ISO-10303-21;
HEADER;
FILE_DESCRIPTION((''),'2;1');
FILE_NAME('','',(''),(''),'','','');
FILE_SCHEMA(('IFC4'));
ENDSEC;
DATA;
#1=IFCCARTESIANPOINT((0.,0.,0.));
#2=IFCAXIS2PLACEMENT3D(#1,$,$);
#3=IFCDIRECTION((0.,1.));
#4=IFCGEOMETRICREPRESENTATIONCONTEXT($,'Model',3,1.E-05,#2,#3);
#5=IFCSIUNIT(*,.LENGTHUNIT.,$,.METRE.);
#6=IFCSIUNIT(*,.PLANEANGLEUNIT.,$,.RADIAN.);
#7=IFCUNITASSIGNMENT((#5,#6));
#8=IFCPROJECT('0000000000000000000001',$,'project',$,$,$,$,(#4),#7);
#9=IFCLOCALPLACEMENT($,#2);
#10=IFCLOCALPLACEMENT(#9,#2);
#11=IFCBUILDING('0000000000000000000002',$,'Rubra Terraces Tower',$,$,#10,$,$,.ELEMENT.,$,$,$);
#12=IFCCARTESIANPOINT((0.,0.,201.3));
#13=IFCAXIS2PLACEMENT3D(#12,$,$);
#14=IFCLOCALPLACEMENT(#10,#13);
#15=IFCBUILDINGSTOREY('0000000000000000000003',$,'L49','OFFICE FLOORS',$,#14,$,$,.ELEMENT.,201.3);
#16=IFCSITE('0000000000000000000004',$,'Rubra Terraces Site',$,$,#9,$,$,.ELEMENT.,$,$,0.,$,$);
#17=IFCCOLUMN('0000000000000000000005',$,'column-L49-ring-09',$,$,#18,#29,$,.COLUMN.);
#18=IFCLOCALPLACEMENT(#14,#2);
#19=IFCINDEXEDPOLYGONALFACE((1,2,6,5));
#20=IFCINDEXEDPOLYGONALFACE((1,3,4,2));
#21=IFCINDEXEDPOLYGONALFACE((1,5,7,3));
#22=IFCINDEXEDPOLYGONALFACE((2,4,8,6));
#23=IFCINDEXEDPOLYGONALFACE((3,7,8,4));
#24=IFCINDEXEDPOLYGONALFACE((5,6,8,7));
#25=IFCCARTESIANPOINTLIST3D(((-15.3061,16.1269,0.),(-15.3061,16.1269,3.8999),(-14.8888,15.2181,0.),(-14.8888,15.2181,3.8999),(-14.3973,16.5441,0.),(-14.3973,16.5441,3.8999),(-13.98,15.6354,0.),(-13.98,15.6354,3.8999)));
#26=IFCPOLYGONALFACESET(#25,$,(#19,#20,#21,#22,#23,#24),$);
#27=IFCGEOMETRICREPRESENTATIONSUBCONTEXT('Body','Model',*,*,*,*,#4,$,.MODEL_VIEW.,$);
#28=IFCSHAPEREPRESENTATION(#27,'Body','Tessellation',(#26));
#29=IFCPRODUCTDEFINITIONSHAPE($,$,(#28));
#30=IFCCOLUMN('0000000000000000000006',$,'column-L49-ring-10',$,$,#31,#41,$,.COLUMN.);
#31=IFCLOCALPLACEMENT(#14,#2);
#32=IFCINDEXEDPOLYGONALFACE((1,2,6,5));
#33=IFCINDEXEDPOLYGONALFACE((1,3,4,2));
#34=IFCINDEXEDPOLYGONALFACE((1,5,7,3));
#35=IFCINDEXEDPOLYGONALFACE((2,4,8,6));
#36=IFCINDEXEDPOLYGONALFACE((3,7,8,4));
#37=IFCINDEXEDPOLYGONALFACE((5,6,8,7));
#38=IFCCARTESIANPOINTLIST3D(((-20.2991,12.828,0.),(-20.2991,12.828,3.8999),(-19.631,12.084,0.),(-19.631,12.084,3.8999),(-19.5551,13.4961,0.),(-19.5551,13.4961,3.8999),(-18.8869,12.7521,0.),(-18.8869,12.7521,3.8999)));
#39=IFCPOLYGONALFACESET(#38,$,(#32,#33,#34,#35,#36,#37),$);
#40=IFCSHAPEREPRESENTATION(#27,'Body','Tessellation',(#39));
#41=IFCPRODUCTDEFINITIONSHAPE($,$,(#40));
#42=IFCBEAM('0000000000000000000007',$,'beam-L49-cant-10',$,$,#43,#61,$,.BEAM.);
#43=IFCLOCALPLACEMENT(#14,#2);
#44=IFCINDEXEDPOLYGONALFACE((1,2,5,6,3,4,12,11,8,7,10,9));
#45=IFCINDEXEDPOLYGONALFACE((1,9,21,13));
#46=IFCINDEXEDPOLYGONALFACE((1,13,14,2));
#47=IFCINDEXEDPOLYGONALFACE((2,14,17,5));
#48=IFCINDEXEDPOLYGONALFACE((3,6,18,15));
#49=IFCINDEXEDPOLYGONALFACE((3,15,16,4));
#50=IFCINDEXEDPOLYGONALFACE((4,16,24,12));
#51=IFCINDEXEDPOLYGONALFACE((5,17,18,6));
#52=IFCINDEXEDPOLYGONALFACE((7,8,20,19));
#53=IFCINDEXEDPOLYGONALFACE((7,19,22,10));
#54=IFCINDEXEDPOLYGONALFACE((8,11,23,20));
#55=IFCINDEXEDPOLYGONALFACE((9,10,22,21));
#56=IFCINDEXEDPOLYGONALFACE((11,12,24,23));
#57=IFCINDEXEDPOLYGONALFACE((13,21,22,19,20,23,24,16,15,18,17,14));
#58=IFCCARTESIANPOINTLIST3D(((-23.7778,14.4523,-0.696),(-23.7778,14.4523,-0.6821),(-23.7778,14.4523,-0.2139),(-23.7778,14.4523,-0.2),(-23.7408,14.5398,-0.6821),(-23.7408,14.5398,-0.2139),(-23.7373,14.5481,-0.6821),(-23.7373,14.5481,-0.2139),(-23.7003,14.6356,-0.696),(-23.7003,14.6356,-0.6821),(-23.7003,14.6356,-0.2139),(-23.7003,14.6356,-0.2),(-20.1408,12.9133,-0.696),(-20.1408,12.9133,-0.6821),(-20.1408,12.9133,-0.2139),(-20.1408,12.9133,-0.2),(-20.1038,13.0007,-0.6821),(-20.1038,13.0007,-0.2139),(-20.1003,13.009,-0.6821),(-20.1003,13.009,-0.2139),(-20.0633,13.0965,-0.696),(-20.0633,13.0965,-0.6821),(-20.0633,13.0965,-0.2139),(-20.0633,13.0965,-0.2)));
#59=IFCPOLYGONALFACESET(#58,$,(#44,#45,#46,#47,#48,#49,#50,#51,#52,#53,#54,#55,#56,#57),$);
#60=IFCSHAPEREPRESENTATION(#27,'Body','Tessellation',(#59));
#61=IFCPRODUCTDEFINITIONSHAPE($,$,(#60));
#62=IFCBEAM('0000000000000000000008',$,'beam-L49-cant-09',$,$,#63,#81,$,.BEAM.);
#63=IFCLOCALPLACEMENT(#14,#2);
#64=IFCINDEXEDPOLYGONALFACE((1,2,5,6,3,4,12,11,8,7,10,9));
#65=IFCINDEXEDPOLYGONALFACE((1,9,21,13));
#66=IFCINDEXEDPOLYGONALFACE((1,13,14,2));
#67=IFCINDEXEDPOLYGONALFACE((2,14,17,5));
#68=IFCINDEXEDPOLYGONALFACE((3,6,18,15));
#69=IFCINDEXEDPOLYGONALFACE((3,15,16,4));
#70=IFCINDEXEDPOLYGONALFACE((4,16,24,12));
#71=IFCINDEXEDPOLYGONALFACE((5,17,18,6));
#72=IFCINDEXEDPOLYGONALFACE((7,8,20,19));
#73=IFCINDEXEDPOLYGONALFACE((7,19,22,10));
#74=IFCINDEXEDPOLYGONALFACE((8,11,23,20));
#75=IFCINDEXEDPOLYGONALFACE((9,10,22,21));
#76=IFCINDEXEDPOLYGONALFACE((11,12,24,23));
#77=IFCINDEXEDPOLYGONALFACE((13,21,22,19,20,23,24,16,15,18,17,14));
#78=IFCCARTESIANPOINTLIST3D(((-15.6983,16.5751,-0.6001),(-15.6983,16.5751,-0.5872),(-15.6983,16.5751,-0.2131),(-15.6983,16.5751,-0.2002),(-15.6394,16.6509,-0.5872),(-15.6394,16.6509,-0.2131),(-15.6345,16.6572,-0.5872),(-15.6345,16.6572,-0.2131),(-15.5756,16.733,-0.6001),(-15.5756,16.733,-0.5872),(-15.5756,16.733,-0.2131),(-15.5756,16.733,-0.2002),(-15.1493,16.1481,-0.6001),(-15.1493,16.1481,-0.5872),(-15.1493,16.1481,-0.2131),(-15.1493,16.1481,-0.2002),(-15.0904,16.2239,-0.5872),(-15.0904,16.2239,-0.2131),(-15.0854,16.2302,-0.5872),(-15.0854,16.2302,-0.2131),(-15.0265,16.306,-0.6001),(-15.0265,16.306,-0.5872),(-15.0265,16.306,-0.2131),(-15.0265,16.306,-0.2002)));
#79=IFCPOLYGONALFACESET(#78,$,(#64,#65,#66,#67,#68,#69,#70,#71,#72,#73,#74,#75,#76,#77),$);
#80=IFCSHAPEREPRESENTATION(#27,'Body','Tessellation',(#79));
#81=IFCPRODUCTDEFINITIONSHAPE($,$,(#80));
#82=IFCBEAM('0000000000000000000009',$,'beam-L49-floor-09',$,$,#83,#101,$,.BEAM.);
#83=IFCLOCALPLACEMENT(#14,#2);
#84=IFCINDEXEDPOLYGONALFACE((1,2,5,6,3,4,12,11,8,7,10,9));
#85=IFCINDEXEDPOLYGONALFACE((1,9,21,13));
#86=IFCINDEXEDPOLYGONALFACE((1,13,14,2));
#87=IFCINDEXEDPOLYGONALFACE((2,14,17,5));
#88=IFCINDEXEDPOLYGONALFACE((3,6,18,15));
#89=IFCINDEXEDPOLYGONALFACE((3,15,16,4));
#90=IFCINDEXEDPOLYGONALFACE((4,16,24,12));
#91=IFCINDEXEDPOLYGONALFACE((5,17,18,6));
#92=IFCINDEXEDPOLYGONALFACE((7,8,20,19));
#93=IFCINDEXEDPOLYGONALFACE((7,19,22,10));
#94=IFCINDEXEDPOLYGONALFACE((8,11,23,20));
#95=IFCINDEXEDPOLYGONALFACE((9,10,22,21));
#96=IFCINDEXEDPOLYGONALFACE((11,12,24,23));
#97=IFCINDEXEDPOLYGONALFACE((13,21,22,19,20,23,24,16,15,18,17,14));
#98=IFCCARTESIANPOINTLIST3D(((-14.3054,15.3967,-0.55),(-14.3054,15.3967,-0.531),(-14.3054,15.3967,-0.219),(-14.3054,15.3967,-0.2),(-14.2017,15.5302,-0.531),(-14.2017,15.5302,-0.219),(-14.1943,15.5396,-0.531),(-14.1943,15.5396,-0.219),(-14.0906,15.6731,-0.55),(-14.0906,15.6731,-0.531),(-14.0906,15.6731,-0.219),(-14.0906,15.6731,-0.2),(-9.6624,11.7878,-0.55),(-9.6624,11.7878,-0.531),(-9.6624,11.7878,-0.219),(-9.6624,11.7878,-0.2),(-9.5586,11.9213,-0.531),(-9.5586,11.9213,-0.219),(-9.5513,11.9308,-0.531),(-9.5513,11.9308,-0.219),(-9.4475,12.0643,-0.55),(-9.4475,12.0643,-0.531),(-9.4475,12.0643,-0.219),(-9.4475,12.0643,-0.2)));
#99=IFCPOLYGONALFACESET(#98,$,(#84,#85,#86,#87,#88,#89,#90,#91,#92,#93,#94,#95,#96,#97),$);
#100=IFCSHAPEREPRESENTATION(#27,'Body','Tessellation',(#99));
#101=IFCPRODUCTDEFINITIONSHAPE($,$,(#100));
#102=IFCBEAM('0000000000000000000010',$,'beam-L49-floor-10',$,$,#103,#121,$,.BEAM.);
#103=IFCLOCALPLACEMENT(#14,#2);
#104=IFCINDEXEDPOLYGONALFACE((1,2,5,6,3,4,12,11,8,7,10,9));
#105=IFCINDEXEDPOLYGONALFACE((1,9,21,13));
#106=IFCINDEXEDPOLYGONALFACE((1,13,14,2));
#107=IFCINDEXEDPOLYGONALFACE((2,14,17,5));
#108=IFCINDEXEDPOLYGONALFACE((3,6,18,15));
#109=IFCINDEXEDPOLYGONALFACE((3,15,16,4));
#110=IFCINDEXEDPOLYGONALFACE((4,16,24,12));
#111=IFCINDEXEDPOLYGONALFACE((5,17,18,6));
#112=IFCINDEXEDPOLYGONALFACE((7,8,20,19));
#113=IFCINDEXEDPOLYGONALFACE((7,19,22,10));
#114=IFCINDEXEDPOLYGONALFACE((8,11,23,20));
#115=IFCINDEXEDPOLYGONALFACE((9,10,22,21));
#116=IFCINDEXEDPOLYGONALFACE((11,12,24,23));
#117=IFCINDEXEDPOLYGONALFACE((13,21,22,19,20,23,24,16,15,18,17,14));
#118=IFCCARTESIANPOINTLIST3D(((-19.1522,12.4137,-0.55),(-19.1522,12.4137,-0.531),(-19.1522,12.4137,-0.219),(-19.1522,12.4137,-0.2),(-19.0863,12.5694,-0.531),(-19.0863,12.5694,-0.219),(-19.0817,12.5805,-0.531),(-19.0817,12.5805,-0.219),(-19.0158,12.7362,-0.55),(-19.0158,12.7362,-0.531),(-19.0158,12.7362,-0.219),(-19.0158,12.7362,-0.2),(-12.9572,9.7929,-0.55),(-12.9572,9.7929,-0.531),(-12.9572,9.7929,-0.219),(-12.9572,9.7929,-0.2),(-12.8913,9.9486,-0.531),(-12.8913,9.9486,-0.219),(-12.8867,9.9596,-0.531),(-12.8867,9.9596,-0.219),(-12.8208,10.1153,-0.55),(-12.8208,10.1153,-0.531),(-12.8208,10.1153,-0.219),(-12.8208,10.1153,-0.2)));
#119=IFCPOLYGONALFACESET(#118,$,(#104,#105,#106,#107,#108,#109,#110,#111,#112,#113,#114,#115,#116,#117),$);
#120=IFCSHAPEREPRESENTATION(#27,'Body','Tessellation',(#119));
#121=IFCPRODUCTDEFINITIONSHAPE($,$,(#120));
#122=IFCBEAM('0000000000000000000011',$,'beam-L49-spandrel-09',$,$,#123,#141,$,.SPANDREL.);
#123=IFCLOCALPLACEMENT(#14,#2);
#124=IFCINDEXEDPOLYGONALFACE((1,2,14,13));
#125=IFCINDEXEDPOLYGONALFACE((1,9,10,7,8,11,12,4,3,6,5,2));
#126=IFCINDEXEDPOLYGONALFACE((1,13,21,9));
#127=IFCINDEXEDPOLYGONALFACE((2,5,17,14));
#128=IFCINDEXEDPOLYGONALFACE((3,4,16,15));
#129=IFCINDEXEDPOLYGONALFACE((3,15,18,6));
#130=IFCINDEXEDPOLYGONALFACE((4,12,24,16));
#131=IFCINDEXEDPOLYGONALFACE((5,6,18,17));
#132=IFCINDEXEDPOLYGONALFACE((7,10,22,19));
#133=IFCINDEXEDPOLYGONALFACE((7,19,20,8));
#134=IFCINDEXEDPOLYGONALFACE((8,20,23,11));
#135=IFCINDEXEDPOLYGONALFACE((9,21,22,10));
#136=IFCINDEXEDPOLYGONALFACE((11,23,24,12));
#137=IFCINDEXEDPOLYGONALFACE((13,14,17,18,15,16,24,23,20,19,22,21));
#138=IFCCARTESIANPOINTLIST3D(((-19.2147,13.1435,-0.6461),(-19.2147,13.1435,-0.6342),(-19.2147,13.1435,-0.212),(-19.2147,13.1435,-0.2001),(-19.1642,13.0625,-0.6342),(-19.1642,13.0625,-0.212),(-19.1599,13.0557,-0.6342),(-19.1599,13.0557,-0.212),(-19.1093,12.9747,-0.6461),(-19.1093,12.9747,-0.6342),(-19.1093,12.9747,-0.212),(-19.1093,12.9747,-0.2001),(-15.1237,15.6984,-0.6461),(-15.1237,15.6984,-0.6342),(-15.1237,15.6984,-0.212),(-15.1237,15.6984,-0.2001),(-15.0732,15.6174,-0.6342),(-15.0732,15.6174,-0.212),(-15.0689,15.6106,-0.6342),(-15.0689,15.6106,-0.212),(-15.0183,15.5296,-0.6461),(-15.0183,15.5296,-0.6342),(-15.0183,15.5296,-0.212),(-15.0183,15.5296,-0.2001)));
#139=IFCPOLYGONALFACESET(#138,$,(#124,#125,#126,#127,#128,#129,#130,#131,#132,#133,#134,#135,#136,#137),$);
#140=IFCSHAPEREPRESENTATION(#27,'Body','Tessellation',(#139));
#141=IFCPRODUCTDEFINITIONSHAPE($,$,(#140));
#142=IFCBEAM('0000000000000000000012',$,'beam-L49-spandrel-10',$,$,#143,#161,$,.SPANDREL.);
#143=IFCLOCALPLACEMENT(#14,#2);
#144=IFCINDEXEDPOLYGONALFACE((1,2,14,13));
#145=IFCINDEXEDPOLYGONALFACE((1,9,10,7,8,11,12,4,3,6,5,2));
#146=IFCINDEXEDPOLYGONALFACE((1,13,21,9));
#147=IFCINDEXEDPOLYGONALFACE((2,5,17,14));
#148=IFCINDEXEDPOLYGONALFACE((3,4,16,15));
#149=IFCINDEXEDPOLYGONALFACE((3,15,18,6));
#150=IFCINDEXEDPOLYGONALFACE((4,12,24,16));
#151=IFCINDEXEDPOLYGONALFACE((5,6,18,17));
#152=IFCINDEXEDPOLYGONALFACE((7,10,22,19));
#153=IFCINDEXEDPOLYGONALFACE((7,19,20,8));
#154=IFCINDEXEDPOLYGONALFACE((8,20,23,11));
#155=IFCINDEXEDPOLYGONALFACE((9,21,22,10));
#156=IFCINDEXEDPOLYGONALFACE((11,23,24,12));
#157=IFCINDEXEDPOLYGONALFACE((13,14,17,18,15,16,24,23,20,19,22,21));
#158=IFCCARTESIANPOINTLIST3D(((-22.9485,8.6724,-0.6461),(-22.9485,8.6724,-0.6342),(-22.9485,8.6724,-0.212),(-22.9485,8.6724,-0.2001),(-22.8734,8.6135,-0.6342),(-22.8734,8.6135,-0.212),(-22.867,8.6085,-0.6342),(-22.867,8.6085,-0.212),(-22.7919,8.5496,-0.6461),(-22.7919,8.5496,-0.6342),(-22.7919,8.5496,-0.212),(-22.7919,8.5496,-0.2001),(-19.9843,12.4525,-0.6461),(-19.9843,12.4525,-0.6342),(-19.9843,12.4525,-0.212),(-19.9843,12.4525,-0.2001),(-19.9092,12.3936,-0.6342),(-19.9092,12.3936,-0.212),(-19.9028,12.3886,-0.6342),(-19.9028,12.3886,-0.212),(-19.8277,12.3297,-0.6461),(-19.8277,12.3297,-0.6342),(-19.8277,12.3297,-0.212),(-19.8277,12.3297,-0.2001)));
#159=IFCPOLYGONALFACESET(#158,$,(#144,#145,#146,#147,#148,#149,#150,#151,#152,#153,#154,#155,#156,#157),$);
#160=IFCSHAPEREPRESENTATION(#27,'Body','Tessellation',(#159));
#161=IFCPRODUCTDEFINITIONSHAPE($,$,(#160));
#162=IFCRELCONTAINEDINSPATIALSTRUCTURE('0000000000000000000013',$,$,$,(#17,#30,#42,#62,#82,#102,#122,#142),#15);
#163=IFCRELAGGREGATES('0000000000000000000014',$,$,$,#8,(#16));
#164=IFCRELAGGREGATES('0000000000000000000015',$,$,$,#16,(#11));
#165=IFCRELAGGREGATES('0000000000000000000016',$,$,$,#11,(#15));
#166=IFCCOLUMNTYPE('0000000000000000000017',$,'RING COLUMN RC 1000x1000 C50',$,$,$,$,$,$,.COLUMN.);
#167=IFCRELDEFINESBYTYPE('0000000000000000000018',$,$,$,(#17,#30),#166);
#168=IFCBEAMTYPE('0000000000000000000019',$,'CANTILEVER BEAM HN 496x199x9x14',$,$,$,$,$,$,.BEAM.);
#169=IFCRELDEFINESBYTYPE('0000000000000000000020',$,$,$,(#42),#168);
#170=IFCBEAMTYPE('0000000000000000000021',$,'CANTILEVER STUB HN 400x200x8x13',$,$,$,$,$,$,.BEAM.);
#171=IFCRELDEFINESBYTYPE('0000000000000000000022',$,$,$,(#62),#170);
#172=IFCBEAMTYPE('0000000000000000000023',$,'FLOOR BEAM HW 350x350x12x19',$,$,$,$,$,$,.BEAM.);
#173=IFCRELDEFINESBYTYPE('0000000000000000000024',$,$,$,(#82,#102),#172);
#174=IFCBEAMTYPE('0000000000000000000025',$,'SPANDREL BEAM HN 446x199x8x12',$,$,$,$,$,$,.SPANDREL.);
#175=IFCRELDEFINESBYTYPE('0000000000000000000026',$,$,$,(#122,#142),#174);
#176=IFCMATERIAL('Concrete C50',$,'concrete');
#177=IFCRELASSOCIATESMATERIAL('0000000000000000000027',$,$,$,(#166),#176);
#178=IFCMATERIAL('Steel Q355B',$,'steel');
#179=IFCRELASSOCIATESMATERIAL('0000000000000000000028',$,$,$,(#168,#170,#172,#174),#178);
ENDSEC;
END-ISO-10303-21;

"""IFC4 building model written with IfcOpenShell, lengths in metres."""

from ifc_helpers import new_model, si_unit, direction, frame, origin, origin_2d, place, context, subcontext, project, spatial, rectangle, i_section, extrude, material, material_profile, profile_set, type_object, element, save


model = new_model("IFC4")

# Units and contexts
model_context = context("Model", 3, precision=1e-05, world=origin(), true_north=direction((0.0, 1.0)))
body_context = subcontext(model_context, "Body", "Model", "MODEL_VIEW")
ifc_project = project(units=[si_unit("LENGTHUNIT", "METRE"), si_unit("PLANEANGLEUNIT", "RADIAN")], contexts=[model_context])

# Site, building, storey
site_placement = place(None, origin())
site = spatial("IfcSite", under=ifc_project, at=site_placement, Name="Rubra Terraces Site", CompositionType="ELEMENT", RefElevation=0.0)
building_placement = place(site_placement, origin())
building = spatial("IfcBuilding", under=site, at=building_placement, Name="Rubra Terraces Tower", CompositionType="ELEMENT")
storey_placement = place(building_placement, frame((0.0, 0.0, 201.3)))
storey = spatial("IfcBuildingStorey", under=building, at=storey_placement, Name="L49", Description="OFFICE FLOORS", CompositionType="ELEMENT", Elevation=201.3)

# Columns
ifc_material_1 = material(Name="Concrete C50", Category="concrete")
ifc_material_profile_1 = material_profile(ifc_material_1, rectangle(XDim=1.0, YDim=1.0, at=origin_2d()), Name="RC 1000x1000")
ifc_profile_set_1 = profile_set([ifc_material_profile_1], Name="Concrete C50")
column_type = type_object("IfcColumnType", Name="RING COLUMN RC 1000x1000 C50", PredefinedType="COLUMN", material=ifc_profile_set_1)
for number, where, z_axis, x_axis, name in (
    (1, (-14.6431, 15.8811, 0.0), (0.0, 0.0, 1.0), (-0.908779, -0.417279, 0.0), "column-L49-ring-09"),
    (2, (-19.593, 12.79, 0.0), (0.0, 0.0, 1.0), (-0.744021, -0.668156, 0.0), "column-L49-ring-10"),
):
    element("IfcColumn", number, at=place(storey_placement, frame(where, z_axis=z_axis, x_axis=x_axis)), inside=storey, type_object=column_type, Name=name, PredefinedType="COLUMN", context=body_context, shape_type="SweptSolid", body=[
        extrude(rectangle(XDim=1.0, YDim=1.0, at=origin_2d()), origin(), (0.0, 0.0, 1.0), 3.8999),
    ])

# Beams
ifc_material_2 = material(Name="Steel Q355B", Category="steel")
ifc_material_profile_2 = material_profile(ifc_material_2, i_section(OverallWidth=0.199, OverallDepth=0.4961, WebThickness=0.009, FlangeThickness=0.0139, at=origin_2d()), Name="HN 496x199x9x14")
ifc_profile_set_2 = profile_set([ifc_material_profile_2], Name="Steel Q355B")
beam_type_1 = type_object("IfcBeamType", Name="CANTILEVER BEAM HN 496x199x9x14", PredefinedType="BEAM", material=ifc_profile_set_2)
beam_1_placement = place(storey_placement, frame((-20.1021, 13.0049, -0.448), z_axis=(-0.920936, 0.389715, 0.0), x_axis=(-0.389715, -0.920936, 0.0)))
element("IfcBeam", 3, at=beam_1_placement, inside=storey, type_object=beam_type_1, Name="beam-L49-cant-10", PredefinedType="BEAM", context=body_context, shape_type="SweptSolid", body=[
    extrude(i_section(OverallWidth=0.199, OverallDepth=0.4961, WebThickness=0.009, FlangeThickness=0.0139, at=origin_2d()), origin(), (0.0, 0.0, 1.0), 3.9492),
])
ifc_material_profile_3 = material_profile(ifc_material_2, i_section(OverallWidth=0.2, OverallDepth=0.3999, WebThickness=0.0081, FlangeThickness=0.0129, at=origin_2d()), Name="HN 400x200x8x13")
ifc_profile_set_3 = profile_set([ifc_material_profile_3], Name="Steel Q355B")
beam_type_2 = type_object("IfcBeamType", Name="CANTILEVER STUB HN 400x200x8x13", PredefinedType="BEAM", material=ifc_profile_set_3)
beam_2_placement = place(storey_placement, frame((-15.0879, 16.2271, -0.4001), z_axis=(-0.78939, 0.613892, 0.0), x_axis=(-0.613892, -0.78939, 0.0)))
element("IfcBeam", 4, at=beam_2_placement, inside=storey, type_object=beam_type_2, Name="beam-L49-cant-09", PredefinedType="BEAM", context=body_context, shape_type="SweptSolid", body=[
    extrude(i_section(OverallWidth=0.2, OverallDepth=0.3999, WebThickness=0.0081, FlangeThickness=0.0129, at=origin_2d()), origin(), (0.0, 0.0, 1.0), 0.6956),
])
ifc_material_profile_4 = material_profile(ifc_material_2, i_section(OverallWidth=0.3501, OverallDepth=0.3501, WebThickness=0.012, FlangeThickness=0.019, at=origin_2d()), Name="HW 350x350x12x19")
ifc_profile_set_4 = profile_set([ifc_material_profile_4], Name="Steel Q355B")
beam_type_3 = type_object("IfcBeamType", Name="FLOOR BEAM HW 350x350x12x19", PredefinedType="BEAM", material=ifc_profile_set_4)
beam_3_placement = place(storey_placement, frame((-14.198, 15.5349, -0.375), z_axis=(0.789549, -0.613688, 0.0), x_axis=(0.613688, 0.789549, 0.0)))
element("IfcBeam", 5, at=beam_3_placement, inside=storey, type_object=beam_type_3, Name="beam-L49-floor-09", PredefinedType="BEAM", context=body_context, shape_type="SweptSolid", body=[
    extrude(i_section(OverallWidth=0.3501, OverallDepth=0.3501, WebThickness=0.012, FlangeThickness=0.019, at=origin_2d()), origin(), (0.0, 0.0, 1.0), 5.8806),
])
beam_4_placement = place(storey_placement, frame((-19.084, 12.575, -0.375), z_axis=(0.920975, -0.389622, 0.0), x_axis=(0.389622, 0.920975, 0.0)))
element("IfcBeam", 6, at=beam_4_placement, inside=storey, type_object=beam_type_3, Name="beam-L49-floor-10", PredefinedType="BEAM", context=body_context, shape_type="SweptSolid", body=[
    extrude(i_section(OverallWidth=0.3501, OverallDepth=0.3501, WebThickness=0.012, FlangeThickness=0.019, at=origin_2d()), origin(), (0.0, 0.0, 1.0), 6.7266),
])
ifc_material_profile_5 = material_profile(ifc_material_2, i_section(OverallWidth=0.199, OverallDepth=0.446, WebThickness=0.0081, FlangeThickness=0.012, at=origin_2d()), Name="HN 446x199x8x12")
ifc_profile_set_5 = profile_set([ifc_material_profile_5], Name="Steel Q355B")
beam_type_4 = type_object("IfcBeamType", Name="SPANDREL BEAM HN 446x199x8x12", PredefinedType="SPANDREL", material=ifc_profile_set_5)
beam_5_placement = place(storey_placement, frame((-15.071, 15.614, -0.4231), z_axis=(-0.848183, -0.529703, 0.0), x_axis=(0.529703, -0.848183, 0.0)))
element("IfcBeam", 7, at=beam_5_placement, inside=storey, type_object=beam_type_4, Name="beam-L49-spandrel-09", PredefinedType="SPANDREL", context=body_context, shape_type="SweptSolid", body=[
    extrude(i_section(OverallWidth=0.199, OverallDepth=0.446, WebThickness=0.0081, FlangeThickness=0.012, at=origin_2d()), origin(), (0.0, 0.0, 1.0), 4.8232),
])
beam_6_placement = place(storey_placement, frame((-19.906, 12.3911, -0.4231), z_axis=(-0.61706, -0.786916, 0.0), x_axis=(0.786916, -0.61706, 0.0)))
element("IfcBeam", 8, at=beam_6_placement, inside=storey, type_object=beam_type_4, Name="beam-L49-spandrel-10", PredefinedType="SPANDREL", context=body_context, shape_type="SweptSolid", body=[
    extrude(i_section(OverallWidth=0.199, OverallDepth=0.446, WebThickness=0.0081, FlangeThickness=0.012, at=origin_2d()), origin(), (0.0, 0.0, 1.0), 4.8037),
])

save(model, "model.ifc")
